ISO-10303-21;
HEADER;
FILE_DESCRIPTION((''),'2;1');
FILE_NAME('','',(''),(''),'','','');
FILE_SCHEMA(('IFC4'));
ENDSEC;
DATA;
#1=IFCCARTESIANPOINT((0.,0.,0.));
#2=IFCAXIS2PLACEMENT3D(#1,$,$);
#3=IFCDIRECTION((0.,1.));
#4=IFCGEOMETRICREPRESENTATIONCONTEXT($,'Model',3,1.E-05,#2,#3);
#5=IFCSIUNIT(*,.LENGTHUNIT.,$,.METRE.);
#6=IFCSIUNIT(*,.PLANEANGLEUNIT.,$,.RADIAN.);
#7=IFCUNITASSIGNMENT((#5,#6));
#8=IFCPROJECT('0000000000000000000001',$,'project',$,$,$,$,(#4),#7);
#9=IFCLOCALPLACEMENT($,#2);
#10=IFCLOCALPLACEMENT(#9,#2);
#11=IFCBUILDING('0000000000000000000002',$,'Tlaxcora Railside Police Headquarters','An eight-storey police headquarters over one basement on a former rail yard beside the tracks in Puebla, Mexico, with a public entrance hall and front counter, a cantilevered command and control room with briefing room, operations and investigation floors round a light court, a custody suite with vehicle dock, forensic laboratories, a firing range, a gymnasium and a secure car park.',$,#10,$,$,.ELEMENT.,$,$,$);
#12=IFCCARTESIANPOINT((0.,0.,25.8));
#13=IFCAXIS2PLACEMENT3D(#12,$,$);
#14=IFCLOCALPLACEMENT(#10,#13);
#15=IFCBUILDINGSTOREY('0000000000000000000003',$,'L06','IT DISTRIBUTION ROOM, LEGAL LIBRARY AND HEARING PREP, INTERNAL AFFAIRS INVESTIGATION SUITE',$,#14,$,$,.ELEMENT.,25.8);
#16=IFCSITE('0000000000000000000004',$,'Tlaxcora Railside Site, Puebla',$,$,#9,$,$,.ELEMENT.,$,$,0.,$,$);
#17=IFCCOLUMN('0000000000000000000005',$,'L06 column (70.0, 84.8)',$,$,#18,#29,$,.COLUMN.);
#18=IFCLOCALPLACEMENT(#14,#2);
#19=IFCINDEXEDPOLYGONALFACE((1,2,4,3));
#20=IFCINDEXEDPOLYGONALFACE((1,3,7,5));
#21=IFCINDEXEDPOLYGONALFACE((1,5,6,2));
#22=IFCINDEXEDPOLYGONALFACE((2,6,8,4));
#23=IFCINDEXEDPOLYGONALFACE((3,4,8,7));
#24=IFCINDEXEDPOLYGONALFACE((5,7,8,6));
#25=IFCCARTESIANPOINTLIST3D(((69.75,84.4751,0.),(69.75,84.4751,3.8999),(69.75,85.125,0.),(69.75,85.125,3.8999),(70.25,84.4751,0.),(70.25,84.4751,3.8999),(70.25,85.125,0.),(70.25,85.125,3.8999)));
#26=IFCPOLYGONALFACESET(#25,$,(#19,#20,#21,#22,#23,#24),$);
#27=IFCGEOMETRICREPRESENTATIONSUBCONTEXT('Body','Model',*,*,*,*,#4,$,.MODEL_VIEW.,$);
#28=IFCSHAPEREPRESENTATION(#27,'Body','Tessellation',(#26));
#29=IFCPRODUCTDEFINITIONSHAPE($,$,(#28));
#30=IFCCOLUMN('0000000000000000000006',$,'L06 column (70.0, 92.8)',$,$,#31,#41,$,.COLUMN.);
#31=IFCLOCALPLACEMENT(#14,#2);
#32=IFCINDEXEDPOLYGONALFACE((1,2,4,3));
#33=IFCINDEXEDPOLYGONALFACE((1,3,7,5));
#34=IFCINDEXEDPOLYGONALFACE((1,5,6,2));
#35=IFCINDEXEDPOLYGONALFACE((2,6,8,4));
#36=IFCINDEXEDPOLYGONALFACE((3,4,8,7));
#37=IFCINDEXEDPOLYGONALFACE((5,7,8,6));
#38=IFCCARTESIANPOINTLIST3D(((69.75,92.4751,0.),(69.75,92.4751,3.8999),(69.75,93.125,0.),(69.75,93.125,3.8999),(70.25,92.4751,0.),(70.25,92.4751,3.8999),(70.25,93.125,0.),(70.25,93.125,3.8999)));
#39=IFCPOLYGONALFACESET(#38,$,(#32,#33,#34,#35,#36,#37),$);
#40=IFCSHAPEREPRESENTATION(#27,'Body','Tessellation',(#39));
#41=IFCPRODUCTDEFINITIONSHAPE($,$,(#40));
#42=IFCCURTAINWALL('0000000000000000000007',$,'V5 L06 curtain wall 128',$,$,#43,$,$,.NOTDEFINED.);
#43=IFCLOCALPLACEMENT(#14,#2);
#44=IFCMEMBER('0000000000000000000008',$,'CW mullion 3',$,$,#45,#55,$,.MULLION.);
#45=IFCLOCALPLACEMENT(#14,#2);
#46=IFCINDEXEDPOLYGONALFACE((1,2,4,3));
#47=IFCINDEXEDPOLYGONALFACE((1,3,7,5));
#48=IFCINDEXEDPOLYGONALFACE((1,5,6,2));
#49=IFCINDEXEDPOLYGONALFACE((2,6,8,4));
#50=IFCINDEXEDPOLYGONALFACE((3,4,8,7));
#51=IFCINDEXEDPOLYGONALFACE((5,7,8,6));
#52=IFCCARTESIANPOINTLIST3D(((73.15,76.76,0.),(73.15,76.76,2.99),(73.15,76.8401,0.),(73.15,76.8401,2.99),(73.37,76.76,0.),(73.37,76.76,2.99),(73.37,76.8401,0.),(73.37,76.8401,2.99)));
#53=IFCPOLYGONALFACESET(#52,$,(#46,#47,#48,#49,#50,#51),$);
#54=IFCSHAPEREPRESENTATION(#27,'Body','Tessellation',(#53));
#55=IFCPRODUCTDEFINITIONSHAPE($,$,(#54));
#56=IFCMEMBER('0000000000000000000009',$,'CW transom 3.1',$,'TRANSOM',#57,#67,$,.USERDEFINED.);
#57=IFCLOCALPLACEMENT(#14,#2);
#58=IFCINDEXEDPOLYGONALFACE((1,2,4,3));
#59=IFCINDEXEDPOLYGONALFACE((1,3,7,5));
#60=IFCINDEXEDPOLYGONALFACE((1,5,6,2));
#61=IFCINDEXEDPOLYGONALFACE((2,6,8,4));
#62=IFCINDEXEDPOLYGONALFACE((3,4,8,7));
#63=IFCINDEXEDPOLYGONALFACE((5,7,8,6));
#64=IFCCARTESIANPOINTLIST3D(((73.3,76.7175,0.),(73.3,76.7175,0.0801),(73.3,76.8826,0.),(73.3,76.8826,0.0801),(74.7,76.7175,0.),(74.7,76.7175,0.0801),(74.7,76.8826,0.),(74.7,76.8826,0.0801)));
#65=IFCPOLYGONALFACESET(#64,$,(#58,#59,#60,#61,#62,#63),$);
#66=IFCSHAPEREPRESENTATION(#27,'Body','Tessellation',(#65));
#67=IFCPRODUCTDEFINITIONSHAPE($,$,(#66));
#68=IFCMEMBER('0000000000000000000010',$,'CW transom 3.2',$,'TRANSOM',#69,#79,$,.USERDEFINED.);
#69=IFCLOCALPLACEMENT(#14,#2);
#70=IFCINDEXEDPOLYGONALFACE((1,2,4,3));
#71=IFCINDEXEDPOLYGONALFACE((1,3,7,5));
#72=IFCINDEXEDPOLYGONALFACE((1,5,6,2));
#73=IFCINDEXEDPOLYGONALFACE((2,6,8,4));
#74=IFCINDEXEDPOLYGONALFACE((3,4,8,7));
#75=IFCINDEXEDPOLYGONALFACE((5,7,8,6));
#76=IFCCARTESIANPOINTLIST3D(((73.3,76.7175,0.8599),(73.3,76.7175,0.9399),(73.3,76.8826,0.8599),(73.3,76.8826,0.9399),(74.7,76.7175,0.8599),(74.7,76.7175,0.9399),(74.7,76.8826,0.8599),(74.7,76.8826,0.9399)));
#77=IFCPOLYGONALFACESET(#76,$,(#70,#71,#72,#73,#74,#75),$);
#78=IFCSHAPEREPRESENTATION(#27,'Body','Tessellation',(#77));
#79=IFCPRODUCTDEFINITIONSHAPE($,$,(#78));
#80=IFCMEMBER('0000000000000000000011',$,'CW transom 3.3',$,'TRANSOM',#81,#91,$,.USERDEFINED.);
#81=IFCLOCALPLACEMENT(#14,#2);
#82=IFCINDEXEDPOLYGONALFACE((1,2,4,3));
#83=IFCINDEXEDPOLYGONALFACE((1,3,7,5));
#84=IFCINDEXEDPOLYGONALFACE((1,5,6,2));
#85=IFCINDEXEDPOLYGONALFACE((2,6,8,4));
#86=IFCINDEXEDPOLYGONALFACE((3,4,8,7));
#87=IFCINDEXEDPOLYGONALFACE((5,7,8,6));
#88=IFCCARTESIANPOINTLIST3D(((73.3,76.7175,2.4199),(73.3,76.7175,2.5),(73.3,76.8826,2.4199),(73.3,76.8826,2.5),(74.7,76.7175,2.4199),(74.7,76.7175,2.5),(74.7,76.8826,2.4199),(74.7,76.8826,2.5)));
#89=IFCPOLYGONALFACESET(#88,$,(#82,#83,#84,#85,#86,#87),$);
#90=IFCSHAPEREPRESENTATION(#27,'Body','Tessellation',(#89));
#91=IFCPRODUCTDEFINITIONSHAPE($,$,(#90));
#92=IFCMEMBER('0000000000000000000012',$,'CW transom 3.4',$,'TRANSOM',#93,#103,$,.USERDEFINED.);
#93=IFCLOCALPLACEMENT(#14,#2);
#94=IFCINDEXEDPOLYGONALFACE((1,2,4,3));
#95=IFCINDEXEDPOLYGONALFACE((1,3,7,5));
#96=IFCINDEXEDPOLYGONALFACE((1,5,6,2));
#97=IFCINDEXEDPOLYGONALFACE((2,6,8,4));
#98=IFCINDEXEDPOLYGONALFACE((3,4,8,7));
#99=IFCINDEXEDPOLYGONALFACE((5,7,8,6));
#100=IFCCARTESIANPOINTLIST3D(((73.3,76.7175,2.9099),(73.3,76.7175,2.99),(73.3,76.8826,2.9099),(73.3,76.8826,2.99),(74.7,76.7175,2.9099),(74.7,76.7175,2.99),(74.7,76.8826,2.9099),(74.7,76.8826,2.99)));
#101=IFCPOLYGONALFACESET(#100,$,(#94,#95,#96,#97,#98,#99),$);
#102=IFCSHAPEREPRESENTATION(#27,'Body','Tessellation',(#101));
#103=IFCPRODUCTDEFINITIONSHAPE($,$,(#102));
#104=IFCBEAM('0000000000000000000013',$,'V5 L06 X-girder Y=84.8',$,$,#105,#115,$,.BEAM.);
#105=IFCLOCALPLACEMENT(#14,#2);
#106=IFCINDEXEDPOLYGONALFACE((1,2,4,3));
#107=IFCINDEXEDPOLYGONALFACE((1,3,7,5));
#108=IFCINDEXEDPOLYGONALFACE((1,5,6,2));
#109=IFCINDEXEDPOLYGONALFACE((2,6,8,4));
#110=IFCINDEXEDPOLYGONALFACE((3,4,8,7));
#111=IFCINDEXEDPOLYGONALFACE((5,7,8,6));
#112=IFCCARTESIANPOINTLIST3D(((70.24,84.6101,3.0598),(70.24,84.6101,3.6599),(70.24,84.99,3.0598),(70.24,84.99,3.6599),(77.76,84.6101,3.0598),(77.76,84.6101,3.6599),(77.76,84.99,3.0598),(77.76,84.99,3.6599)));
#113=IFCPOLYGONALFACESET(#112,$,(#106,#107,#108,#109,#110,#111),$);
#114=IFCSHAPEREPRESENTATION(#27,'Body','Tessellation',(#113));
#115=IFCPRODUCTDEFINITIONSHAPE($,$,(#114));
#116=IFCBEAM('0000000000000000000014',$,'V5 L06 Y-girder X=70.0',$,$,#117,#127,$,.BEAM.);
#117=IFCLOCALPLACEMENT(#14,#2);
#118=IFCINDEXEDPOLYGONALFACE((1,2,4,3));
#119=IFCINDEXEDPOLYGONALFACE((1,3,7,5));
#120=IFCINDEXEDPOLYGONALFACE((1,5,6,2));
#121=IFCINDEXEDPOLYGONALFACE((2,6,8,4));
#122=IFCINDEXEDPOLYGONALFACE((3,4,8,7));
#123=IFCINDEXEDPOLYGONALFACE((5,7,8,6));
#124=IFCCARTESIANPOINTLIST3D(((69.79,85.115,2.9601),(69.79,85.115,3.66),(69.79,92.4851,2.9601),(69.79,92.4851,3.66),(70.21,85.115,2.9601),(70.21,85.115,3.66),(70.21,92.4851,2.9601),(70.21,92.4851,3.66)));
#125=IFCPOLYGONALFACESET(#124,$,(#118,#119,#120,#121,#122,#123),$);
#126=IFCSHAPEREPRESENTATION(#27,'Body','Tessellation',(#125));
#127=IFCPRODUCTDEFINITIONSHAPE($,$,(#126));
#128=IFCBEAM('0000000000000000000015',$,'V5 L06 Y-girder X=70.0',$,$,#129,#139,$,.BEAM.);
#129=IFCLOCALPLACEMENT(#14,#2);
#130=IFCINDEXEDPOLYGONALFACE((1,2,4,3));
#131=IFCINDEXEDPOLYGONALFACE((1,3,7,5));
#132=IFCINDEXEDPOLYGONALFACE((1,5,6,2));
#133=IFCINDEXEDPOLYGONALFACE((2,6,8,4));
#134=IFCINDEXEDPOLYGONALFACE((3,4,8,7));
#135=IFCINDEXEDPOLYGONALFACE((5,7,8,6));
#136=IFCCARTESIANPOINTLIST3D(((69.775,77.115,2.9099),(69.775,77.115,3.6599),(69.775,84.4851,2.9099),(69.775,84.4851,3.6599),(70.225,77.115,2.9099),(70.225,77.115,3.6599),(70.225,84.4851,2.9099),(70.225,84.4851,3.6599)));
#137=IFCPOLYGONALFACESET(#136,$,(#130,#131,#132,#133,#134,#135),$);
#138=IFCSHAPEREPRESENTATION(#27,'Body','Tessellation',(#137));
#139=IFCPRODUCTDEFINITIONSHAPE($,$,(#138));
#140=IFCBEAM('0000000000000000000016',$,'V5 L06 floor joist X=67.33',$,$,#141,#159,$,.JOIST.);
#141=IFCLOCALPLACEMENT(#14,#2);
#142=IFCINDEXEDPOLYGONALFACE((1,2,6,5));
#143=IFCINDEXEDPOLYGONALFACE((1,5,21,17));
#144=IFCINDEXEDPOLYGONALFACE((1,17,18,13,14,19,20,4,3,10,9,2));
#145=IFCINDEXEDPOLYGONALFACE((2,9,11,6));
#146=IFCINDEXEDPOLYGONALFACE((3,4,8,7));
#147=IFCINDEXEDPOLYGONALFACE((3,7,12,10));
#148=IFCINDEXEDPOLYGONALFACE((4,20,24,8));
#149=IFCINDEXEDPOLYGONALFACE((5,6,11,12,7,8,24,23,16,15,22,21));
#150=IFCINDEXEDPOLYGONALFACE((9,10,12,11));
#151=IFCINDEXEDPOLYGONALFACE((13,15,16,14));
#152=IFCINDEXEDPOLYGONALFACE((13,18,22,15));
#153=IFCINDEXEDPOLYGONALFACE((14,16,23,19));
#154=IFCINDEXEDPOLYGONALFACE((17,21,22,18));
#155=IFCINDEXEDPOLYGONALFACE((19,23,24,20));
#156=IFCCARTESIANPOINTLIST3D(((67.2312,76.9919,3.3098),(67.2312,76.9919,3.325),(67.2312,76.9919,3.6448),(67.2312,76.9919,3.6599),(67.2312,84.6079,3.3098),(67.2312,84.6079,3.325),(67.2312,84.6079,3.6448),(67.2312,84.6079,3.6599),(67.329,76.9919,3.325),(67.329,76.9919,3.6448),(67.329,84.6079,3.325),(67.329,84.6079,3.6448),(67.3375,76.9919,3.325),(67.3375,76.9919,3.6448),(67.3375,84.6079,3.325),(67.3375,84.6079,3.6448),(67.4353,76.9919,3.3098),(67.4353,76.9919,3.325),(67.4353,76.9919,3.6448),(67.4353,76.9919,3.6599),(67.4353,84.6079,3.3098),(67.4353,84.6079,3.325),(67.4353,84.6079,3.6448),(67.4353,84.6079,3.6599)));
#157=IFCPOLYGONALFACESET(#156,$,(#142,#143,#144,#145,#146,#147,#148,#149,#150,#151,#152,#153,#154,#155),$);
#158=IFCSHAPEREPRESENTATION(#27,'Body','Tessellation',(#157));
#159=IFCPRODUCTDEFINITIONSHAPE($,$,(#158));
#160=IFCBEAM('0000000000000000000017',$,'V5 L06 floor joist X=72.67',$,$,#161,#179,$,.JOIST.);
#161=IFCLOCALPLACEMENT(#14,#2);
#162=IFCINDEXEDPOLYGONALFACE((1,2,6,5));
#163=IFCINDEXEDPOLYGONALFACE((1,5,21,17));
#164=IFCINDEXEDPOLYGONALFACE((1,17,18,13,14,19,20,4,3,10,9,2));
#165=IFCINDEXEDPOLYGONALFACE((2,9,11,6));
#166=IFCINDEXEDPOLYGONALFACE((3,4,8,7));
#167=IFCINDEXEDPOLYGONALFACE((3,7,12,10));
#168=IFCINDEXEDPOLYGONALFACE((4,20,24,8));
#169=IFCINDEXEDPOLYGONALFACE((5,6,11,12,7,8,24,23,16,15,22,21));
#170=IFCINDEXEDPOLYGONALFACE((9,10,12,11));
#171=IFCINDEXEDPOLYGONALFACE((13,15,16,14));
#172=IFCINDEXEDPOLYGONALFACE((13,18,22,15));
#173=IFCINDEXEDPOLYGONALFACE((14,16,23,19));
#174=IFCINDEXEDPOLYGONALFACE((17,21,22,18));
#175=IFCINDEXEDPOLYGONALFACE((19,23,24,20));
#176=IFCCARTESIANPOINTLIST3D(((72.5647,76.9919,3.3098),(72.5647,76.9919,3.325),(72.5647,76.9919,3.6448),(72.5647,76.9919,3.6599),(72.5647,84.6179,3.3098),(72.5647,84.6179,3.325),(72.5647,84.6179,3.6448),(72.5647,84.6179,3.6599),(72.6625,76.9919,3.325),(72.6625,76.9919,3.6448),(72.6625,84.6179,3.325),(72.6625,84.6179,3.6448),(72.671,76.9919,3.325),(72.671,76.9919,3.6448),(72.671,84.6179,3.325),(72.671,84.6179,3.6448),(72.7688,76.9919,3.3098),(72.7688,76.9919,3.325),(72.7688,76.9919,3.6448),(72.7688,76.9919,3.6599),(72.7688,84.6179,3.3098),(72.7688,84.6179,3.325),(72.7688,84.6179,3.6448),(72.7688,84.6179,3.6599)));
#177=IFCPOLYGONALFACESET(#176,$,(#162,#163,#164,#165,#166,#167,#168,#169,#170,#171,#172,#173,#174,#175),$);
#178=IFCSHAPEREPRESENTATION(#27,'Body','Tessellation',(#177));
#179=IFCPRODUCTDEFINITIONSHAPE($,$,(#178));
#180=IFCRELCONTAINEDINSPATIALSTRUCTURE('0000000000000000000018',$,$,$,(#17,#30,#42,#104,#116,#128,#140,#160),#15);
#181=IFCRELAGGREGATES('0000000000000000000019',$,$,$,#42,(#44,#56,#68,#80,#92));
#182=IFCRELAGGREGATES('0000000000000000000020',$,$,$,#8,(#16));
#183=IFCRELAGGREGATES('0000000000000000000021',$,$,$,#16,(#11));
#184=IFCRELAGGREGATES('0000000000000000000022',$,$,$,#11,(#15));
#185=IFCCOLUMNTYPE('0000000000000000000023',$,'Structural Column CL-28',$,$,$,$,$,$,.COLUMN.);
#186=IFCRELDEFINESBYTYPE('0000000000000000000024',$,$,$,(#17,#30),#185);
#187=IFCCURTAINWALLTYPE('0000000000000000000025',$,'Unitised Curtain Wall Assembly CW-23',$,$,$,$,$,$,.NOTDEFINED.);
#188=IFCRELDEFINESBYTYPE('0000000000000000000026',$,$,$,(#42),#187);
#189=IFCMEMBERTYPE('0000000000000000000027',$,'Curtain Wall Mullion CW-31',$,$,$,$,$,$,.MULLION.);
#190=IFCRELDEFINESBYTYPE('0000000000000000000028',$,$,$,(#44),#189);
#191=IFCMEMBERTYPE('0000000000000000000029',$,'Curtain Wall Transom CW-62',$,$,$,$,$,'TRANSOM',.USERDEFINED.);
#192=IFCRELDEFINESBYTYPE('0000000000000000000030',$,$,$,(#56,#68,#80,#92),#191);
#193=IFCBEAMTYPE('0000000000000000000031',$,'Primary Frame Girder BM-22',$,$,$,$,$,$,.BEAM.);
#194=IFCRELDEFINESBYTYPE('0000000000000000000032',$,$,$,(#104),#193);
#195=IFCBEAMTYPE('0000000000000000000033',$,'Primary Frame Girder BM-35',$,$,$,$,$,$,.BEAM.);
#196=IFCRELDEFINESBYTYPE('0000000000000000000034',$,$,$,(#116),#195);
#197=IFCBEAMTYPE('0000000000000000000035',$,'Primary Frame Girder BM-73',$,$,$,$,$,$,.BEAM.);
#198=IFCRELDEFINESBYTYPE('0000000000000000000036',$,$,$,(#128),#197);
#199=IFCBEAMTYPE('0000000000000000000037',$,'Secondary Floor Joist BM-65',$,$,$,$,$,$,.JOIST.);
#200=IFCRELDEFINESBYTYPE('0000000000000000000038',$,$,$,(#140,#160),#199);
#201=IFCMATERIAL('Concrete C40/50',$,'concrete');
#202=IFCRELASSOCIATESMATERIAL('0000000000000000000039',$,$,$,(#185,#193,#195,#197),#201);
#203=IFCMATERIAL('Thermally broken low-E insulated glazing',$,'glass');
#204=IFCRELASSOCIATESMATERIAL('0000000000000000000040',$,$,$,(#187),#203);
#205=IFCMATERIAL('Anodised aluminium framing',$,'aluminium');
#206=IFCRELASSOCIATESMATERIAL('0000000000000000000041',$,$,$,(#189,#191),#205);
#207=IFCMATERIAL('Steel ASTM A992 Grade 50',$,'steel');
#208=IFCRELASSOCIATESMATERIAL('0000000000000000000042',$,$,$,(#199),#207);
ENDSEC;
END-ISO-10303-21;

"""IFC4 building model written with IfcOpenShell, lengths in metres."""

from ifc_helpers import new_model, si_unit, direction, frame, origin, origin_2d, place, context, subcontext, project, spatial, rectangle, i_section, extrude, material, material_profile, profile_set, type_object, element, aggregate, save


model = new_model("IFC4")

# Units and contexts
model_context = context("Model", 3, precision=1e-05, world=origin(), true_north=direction((0.0, 1.0)))
body_context = subcontext(model_context, "Body", "Model", "MODEL_VIEW")
ifc_project = project(units=[si_unit("LENGTHUNIT", "METRE"), si_unit("PLANEANGLEUNIT", "RADIAN")], contexts=[model_context])

# Site, building, storey
site_placement = place(None, origin())
site = spatial("IfcSite", under=ifc_project, at=site_placement, Name="Tlaxcora Railside Site, Puebla", CompositionType="ELEMENT", RefElevation=0.0)
building_placement = place(site_placement, origin())
building = spatial("IfcBuilding", under=site, at=building_placement, Name="Tlaxcora Railside Police Headquarters", Description="An eight-storey police headquarters over one basement on a former rail yard beside the tracks in Puebla, Mexico, with a public entrance hall and front counter, a cantilevered command and control room with briefing room, operations and investigation floors round a light court, a custody suite with vehicle dock, forensic laboratories, a firing range, a gymnasium and a secure car park.", CompositionType="ELEMENT")
storey_placement = place(building_placement, frame((0.0, 0.0, 25.8)))
storey = spatial("IfcBuildingStorey", under=building, at=storey_placement, Name="L06", Description="IT DISTRIBUTION ROOM, LEGAL LIBRARY AND HEARING PREP, INTERNAL AFFAIRS INVESTIGATION SUITE", CompositionType="ELEMENT", Elevation=25.8)

# Columns
ifc_material_1 = material(Name="Concrete C40/50", Category="concrete")
ifc_material_profile_1 = material_profile(ifc_material_1, rectangle(XDim=0.5, YDim=0.6499, at=origin_2d()), Name="RC500X650")
ifc_profile_set_1 = profile_set([ifc_material_profile_1], Name="Concrete C40/50")
column_type = type_object("IfcColumnType", Name="Structural Column CL-28", PredefinedType="COLUMN", material=ifc_profile_set_1)
for number, where, z_axis, x_axis, name in (
    (1, (70.0, 84.8, 0.0), (0.0, 0.0, 1.0), (1.0, 0.0, 0.0), "L06 column (70.0, 84.8)"),
    (2, (70.0, 92.8, 0.0), (0.0, 0.0, 1.0), (1.0, 0.0, 0.0), "L06 column (70.0, 92.8)"),
):
    element("IfcColumn", number, at=place(storey_placement, frame(where, z_axis=z_axis, x_axis=x_axis)), inside=storey, type_object=column_type, Name=name, PredefinedType="COLUMN", context=body_context, shape_type="SweptSolid", body=[
        extrude(rectangle(XDim=0.5, YDim=0.6499, at=origin_2d()), origin(), (0.0, 0.0, 1.0), 3.8999),
    ])

# Curtain wall, members
ifc_material_2 = material(Name="Thermally broken low-E insulated glazing", Category="glass")
curtain_wall_type = type_object("IfcCurtainWallType", Name="Unitised Curtain Wall Assembly CW-23", PredefinedType="NOTDEFINED", material=ifc_material_2)
curtain_wall_placement = place(storey_placement, origin())
curtain_wall = element("IfcCurtainWall", 3, at=curtain_wall_placement, inside=storey, type_object=curtain_wall_type, Name="V5 L06 curtain wall 128", PredefinedType="NOTDEFINED")
ifc_material_3 = material(Name="Anodised aluminium framing", Category="aluminium")
ifc_material_profile_2 = material_profile(ifc_material_3, rectangle(XDim=0.0801, YDim=0.22, at=origin_2d()), Name="AL80X220")
ifc_profile_set_2 = profile_set([ifc_material_profile_2], Name="Anodised aluminium framing")
member_type_1 = type_object("IfcMemberType", Name="Curtain Wall Mullion CW-31", PredefinedType="MULLION", material=ifc_profile_set_2)
member_1_placement = place(storey_placement, frame((73.26, 76.8, 0.0), z_axis=(0.0, 0.0, 1.0), x_axis=(0.0, 1.0, 0.0)))
member_1 = element("IfcMember", 4, at=member_1_placement, type_object=member_type_1, Name="CW mullion 3", PredefinedType="MULLION", context=body_context, shape_type="SweptSolid", body=[
    extrude(rectangle(XDim=0.0801, YDim=0.22, at=origin_2d()), origin(), (0.0, 0.0, 1.0), 2.99),
])
ifc_material_profile_3 = material_profile(ifc_material_3, rectangle(XDim=0.165, YDim=0.0801, at=origin_2d()), Name="AL80X165")
ifc_profile_set_3 = profile_set([ifc_material_profile_3], Name="Anodised aluminium framing")
member_type_2 = type_object("IfcMemberType", Name="Curtain Wall Transom CW-62", ElementType="TRANSOM", PredefinedType="USERDEFINED", material=ifc_profile_set_3)
member_2_placement = place(storey_placement, frame((73.3, 76.8, 0.04), z_axis=(1.0, 0.0, 0.0), x_axis=(0.0, 1.0, 0.0)))
member_2 = element("IfcMember", 5, at=member_2_placement, type_object=member_type_2, Name="CW transom 3.1", ObjectType="TRANSOM", PredefinedType="USERDEFINED", context=body_context, shape_type="SweptSolid", body=[
    extrude(rectangle(XDim=0.165, YDim=0.0801, at=origin_2d()), origin(), (0.0, 0.0, 1.0), 1.3999),
])
member_3_placement = place(storey_placement, frame((73.3, 76.8, 0.8999), z_axis=(1.0, 0.0, 0.0), x_axis=(0.0, 1.0, 0.0)))
member_3 = element("IfcMember", 6, at=member_3_placement, type_object=member_type_2, Name="CW transom 3.2", ObjectType="TRANSOM", PredefinedType="USERDEFINED", context=body_context, shape_type="SweptSolid", body=[
    extrude(rectangle(XDim=0.165, YDim=0.0801, at=origin_2d()), origin(), (0.0, 0.0, 1.0), 1.3999),
])
member_4_placement = place(storey_placement, frame((73.3, 76.8, 2.46), z_axis=(1.0, 0.0, 0.0), x_axis=(0.0, 1.0, 0.0)))
member_4 = element("IfcMember", 7, at=member_4_placement, type_object=member_type_2, Name="CW transom 3.3", ObjectType="TRANSOM", PredefinedType="USERDEFINED", context=body_context, shape_type="SweptSolid", body=[
    extrude(rectangle(XDim=0.165, YDim=0.0801, at=origin_2d()), origin(), (0.0, 0.0, 1.0), 1.3999),
])
member_5_placement = place(storey_placement, frame((73.3, 76.8, 2.95), z_axis=(1.0, 0.0, 0.0), x_axis=(0.0, 1.0, 0.0)))
member_5 = element("IfcMember", 8, at=member_5_placement, type_object=member_type_2, Name="CW transom 3.4", ObjectType="TRANSOM", PredefinedType="USERDEFINED", context=body_context, shape_type="SweptSolid", body=[
    extrude(rectangle(XDim=0.165, YDim=0.0801, at=origin_2d()), origin(), (0.0, 0.0, 1.0), 1.3999),
])
aggregate(curtain_wall, [member_1, member_2, member_3, member_4, member_5])

# Beams
ifc_material_profile_4 = material_profile(ifc_material_1, rectangle(XDim=0.3799, YDim=0.6001, at=origin_2d()), Name="RC380X600")
ifc_profile_set_4 = profile_set([ifc_material_profile_4], Name="Concrete C40/50")
beam_type_1 = type_object("IfcBeamType", Name="Primary Frame Girder BM-22", PredefinedType="BEAM", material=ifc_profile_set_4)
beam_1_placement = place(storey_placement, frame((70.24, 84.8, 3.3599), z_axis=(1.0, 0.0, 0.0), x_axis=(0.0, 1.0, 0.0)))
element("IfcBeam", 9, at=beam_1_placement, inside=storey, type_object=beam_type_1, Name="V5 L06 X-girder Y=84.8", PredefinedType="BEAM", context=body_context, shape_type="SweptSolid", body=[
    extrude(rectangle(XDim=0.3799, YDim=0.6001, at=origin_2d()), origin(), (0.0, 0.0, 1.0), 7.52),
])
ifc_material_profile_5 = material_profile(ifc_material_1, rectangle(XDim=0.4199, YDim=0.7, at=origin_2d()), Name="RC420X700")
ifc_profile_set_5 = profile_set([ifc_material_profile_5], Name="Concrete C40/50")
beam_type_2 = type_object("IfcBeamType", Name="Primary Frame Girder BM-35", PredefinedType="BEAM", material=ifc_profile_set_5)
beam_2_placement = place(storey_placement, frame((70.0, 85.115, 3.3101), z_axis=(0.0, 1.0, 0.0), x_axis=(-1.0, 0.0, 0.0)))
element("IfcBeam", 10, at=beam_2_placement, inside=storey, type_object=beam_type_2, Name="V5 L06 Y-girder X=70.0", PredefinedType="BEAM", context=body_context, shape_type="SweptSolid", body=[
    extrude(rectangle(XDim=0.4199, YDim=0.7, at=origin_2d()), origin(), (0.0, 0.0, 1.0), 7.3701),
])
ifc_material_profile_6 = material_profile(ifc_material_1, rectangle(XDim=0.45, YDim=0.75, at=origin_2d()), Name="RC450X750")
ifc_profile_set_6 = profile_set([ifc_material_profile_6], Name="Concrete C40/50")
beam_type_3 = type_object("IfcBeamType", Name="Primary Frame Girder BM-73", PredefinedType="BEAM", material=ifc_profile_set_6)
beam_3_placement = place(storey_placement, frame((70.0, 77.115, 3.2849), z_axis=(0.0, 1.0, 0.0), x_axis=(-1.0, 0.0, 0.0)))
element("IfcBeam", 11, at=beam_3_placement, inside=storey, type_object=beam_type_3, Name="V5 L06 Y-girder X=70.0", PredefinedType="BEAM", context=body_context, shape_type="SweptSolid", body=[
    extrude(rectangle(XDim=0.45, YDim=0.75, at=origin_2d()), origin(), (0.0, 0.0, 1.0), 7.3701),
])
ifc_material_4 = material(Name="Steel ASTM A992 Grade 50", Category="steel")
ifc_material_profile_7 = material_profile(ifc_material_4, i_section(OverallWidth=0.2041, OverallDepth=0.3501, WebThickness=0.0085, FlangeThickness=0.0151, at=origin_2d()), Name="W14X48")
ifc_profile_set_7 = profile_set([ifc_material_profile_7], Name="Steel ASTM A992 Grade 50")
beam_type_4 = type_object("IfcBeamType", Name="Secondary Floor Joist BM-65", PredefinedType="JOIST", material=ifc_profile_set_7)
beam_4_placement = place(storey_placement, frame((67.3333, 76.9919, 3.4849), z_axis=(0.0, 1.0, 0.0), x_axis=(-1.0, 0.0, 0.0)))
element("IfcBeam", 12, at=beam_4_placement, inside=storey, type_object=beam_type_4, Name="V5 L06 floor joist X=67.33", PredefinedType="JOIST", context=body_context, shape_type="SweptSolid", body=[
    extrude(i_section(OverallWidth=0.2041, OverallDepth=0.3501, WebThickness=0.0085, FlangeThickness=0.0151, at=origin_2d()), origin(), (0.0, 0.0, 1.0), 7.616),
])
beam_5_placement = place(storey_placement, frame((72.6667, 76.9919, 3.4849), z_axis=(0.0, 1.0, 0.0), x_axis=(-1.0, 0.0, 0.0)))
element("IfcBeam", 13, at=beam_5_placement, inside=storey, type_object=beam_type_4, Name="V5 L06 floor joist X=72.67", PredefinedType="JOIST", context=body_context, shape_type="SweptSolid", body=[
    extrude(i_section(OverallWidth=0.2041, OverallDepth=0.3501, WebThickness=0.0085, FlangeThickness=0.0151, at=origin_2d()), origin(), (0.0, 0.0, 1.0), 7.626),
])

save(model, "model.ifc")
